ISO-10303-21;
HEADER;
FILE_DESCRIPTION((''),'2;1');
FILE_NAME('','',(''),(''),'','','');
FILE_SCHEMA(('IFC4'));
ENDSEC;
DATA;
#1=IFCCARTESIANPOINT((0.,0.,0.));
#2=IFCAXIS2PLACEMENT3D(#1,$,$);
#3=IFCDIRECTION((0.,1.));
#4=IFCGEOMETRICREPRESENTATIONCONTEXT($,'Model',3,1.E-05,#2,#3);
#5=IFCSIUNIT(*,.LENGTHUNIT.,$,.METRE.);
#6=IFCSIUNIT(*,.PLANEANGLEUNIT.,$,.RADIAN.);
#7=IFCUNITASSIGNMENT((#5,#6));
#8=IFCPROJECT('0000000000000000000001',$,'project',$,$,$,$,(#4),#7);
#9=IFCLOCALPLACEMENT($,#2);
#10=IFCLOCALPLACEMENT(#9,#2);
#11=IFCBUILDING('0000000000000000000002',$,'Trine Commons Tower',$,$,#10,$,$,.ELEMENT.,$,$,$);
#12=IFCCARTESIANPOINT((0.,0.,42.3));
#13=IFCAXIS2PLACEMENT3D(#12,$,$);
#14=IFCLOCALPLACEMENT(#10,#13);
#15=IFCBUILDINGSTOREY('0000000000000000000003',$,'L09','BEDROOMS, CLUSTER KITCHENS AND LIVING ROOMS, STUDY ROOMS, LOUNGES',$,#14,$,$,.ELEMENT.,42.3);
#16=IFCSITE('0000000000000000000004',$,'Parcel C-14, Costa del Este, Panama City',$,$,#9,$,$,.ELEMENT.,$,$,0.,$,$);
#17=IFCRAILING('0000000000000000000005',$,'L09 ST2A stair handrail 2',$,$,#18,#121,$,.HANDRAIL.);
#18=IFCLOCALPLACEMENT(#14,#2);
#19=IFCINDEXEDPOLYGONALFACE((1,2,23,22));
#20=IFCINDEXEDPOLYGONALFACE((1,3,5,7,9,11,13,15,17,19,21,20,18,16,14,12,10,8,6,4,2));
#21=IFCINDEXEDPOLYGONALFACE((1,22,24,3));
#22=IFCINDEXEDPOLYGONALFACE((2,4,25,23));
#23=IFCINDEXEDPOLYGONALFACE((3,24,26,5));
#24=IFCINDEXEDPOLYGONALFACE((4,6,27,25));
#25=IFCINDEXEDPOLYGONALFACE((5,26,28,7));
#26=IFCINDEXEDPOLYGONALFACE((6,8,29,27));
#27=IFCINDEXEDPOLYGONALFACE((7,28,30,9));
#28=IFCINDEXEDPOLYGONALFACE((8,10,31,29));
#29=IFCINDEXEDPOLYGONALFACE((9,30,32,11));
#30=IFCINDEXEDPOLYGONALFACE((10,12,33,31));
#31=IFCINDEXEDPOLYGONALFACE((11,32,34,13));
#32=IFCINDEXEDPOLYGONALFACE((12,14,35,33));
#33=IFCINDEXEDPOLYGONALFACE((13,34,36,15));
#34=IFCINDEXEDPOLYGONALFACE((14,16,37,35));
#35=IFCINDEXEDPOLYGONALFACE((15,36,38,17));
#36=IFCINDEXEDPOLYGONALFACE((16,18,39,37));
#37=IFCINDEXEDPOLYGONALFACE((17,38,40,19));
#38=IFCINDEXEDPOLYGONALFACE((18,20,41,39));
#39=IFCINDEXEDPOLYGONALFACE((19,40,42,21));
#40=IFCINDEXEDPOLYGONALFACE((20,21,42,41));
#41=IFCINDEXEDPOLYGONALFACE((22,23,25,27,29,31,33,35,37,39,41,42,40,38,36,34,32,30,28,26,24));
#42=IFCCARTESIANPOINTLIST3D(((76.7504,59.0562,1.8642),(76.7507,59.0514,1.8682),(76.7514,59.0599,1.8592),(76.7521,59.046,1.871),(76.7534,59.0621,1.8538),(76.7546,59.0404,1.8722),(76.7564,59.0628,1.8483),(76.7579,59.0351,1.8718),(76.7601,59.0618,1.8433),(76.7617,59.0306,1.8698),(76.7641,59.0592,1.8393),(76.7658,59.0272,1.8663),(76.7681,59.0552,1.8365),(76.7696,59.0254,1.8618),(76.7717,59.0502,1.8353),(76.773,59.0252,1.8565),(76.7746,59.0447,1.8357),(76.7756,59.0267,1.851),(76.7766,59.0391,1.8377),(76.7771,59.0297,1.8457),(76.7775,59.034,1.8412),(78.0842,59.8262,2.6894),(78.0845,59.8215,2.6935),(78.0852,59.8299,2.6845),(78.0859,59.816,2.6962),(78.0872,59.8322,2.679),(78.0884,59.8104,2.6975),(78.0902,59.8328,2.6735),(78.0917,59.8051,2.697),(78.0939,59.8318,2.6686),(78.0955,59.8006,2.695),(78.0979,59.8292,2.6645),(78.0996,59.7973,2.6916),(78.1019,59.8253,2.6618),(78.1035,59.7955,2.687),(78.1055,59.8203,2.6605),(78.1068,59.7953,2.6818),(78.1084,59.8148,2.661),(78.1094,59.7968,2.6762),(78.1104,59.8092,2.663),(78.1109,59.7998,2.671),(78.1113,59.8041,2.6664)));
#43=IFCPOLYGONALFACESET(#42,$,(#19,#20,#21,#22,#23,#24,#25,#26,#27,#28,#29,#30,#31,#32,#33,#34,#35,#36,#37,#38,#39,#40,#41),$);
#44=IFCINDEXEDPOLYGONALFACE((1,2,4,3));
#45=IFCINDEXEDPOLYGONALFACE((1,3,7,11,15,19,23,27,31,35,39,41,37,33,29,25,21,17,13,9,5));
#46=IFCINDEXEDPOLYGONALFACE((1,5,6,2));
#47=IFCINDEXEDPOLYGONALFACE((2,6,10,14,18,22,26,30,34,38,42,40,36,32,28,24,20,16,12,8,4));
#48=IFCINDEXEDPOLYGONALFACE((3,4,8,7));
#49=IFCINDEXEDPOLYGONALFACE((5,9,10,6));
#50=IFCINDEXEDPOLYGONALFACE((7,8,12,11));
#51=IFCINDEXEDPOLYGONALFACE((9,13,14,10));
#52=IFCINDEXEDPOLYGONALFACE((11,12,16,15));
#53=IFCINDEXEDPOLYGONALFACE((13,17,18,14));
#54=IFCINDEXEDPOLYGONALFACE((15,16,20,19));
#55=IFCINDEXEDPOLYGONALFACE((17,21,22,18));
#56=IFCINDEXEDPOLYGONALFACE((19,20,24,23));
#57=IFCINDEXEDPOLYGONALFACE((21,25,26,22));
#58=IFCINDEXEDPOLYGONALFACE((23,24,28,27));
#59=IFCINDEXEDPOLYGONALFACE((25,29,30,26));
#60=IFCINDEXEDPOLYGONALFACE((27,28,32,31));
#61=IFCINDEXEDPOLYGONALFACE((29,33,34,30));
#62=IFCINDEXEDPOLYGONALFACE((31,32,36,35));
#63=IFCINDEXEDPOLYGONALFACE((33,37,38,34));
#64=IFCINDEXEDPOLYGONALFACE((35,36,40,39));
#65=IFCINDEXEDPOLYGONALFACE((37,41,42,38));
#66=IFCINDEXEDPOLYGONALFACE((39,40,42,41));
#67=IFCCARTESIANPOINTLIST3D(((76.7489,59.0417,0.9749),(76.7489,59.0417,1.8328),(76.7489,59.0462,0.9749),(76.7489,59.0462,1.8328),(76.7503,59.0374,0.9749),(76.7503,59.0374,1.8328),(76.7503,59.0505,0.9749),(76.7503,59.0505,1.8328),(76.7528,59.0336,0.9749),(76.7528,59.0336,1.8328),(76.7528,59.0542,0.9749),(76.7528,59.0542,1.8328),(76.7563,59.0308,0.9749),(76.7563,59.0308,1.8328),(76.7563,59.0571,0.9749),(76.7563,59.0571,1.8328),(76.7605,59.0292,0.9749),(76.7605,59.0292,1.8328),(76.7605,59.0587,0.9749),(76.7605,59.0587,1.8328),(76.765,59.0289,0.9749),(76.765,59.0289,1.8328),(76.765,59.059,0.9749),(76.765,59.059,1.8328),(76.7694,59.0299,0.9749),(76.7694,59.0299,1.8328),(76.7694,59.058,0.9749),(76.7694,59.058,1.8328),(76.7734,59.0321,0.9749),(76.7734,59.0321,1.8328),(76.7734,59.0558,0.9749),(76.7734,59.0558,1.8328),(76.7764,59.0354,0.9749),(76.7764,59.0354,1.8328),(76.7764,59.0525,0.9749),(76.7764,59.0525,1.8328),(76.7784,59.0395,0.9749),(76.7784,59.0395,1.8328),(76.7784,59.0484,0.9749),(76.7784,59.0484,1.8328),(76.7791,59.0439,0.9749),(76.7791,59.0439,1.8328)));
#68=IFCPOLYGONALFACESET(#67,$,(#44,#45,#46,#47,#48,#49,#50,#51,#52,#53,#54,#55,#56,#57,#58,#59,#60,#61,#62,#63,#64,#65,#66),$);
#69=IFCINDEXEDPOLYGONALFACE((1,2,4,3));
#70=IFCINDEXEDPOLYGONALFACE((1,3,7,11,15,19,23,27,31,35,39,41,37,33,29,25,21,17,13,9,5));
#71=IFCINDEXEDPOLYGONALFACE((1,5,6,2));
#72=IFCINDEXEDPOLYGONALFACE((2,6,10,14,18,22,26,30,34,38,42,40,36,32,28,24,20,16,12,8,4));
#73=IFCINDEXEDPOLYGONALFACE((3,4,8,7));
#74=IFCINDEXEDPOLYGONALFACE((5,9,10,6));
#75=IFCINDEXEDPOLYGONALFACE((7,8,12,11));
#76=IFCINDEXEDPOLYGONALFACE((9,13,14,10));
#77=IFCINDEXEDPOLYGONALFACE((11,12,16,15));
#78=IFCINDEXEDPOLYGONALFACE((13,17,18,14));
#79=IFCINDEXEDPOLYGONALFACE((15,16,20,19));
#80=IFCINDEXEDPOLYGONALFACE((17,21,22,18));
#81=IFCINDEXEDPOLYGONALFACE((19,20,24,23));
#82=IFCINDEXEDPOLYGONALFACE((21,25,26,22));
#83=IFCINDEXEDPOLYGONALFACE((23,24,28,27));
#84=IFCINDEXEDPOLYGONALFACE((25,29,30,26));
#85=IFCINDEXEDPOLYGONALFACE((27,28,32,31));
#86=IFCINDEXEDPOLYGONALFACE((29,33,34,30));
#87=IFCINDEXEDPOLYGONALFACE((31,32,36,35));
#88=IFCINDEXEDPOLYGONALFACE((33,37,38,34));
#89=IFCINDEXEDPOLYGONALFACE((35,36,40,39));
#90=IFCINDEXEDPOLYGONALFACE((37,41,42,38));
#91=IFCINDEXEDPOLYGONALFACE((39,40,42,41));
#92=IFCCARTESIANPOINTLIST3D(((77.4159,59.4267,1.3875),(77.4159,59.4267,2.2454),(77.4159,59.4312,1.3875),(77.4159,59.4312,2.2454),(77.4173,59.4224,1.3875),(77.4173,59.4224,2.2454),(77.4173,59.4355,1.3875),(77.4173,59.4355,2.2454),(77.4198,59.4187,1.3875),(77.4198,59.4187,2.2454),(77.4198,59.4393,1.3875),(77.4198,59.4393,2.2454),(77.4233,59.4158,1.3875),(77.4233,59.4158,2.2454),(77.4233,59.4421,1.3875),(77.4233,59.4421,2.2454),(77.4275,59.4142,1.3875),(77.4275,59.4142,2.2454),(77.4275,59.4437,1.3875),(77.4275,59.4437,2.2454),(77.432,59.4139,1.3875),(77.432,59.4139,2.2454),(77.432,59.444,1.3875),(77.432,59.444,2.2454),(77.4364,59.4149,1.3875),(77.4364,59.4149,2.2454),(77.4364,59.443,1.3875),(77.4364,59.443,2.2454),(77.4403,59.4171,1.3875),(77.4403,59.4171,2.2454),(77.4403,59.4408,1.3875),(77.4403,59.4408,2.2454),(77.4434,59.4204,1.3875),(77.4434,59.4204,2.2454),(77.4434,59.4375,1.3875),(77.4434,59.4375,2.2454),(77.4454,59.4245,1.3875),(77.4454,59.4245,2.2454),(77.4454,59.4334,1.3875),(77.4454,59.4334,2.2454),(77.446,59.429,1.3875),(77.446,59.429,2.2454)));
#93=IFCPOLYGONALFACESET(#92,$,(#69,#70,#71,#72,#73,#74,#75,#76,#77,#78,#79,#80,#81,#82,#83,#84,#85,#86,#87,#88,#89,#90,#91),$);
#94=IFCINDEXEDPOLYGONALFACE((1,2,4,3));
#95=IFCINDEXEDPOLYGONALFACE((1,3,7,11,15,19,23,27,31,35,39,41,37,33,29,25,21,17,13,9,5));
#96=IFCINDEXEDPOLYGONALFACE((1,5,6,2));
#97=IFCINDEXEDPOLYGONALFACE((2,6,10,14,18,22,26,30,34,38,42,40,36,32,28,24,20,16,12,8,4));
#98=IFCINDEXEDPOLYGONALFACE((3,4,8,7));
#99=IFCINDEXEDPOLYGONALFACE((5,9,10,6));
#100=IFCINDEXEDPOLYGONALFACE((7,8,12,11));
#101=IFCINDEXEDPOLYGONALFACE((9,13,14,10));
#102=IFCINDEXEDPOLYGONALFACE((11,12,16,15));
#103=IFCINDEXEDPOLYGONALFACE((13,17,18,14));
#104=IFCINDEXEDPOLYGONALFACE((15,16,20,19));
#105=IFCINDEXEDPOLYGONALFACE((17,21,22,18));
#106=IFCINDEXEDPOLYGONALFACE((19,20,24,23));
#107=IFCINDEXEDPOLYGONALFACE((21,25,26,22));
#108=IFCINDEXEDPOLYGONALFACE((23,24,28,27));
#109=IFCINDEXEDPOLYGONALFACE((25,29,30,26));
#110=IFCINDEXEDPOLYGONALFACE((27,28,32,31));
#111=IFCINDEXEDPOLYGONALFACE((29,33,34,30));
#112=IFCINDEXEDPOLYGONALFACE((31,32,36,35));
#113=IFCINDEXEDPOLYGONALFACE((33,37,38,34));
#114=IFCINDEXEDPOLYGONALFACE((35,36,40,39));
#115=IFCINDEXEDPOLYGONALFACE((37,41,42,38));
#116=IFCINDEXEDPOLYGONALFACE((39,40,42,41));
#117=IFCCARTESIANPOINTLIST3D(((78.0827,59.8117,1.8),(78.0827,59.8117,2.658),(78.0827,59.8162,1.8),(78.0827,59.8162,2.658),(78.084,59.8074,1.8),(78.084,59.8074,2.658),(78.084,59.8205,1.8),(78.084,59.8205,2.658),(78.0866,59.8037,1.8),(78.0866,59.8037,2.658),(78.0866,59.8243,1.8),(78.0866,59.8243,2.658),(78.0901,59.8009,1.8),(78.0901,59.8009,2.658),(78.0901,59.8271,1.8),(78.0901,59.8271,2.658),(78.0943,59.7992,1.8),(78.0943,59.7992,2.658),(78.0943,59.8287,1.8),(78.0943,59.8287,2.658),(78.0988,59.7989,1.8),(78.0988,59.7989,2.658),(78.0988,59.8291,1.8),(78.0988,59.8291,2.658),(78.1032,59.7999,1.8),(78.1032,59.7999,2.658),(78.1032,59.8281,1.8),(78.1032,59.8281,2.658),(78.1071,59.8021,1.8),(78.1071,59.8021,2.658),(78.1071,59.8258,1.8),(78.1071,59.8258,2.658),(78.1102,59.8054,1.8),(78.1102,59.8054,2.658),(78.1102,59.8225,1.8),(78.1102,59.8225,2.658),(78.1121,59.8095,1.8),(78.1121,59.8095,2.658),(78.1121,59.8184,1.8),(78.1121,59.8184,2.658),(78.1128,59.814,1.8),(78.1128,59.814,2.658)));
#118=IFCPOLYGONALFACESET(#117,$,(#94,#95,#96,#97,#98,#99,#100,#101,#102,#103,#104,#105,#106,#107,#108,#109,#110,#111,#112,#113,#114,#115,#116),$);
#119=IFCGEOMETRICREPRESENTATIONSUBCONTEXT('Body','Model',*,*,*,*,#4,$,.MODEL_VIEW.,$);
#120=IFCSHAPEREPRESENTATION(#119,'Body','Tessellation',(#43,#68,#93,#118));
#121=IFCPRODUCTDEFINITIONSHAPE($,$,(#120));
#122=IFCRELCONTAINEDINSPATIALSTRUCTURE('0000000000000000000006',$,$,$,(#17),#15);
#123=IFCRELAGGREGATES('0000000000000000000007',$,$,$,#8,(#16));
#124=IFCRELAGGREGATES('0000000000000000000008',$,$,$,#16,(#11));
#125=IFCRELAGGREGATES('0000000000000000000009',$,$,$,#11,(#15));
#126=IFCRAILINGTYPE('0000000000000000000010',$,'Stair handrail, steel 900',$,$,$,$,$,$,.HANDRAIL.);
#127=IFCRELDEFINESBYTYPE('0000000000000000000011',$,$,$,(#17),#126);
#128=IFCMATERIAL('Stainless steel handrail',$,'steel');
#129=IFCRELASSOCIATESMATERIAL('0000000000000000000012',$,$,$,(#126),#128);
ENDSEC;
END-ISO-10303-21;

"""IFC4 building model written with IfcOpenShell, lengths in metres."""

from ifc_helpers import new_model, si_unit, direction, frame, origin, origin_2d, place, context, subcontext, project, spatial, circle, extrude, material, type_object, element, save


model = new_model("IFC4")

# Units and contexts
model_context = context("Model", 3, precision=1e-05, world=origin(), true_north=direction((0.0, 1.0)))
body_context = subcontext(model_context, "Body", "Model", "MODEL_VIEW")
ifc_project = project(units=[si_unit("LENGTHUNIT", "METRE"), si_unit("PLANEANGLEUNIT", "RADIAN")], contexts=[model_context])

# Site, building, storey
site_placement = place(None, origin())
site = spatial("IfcSite", under=ifc_project, at=site_placement, Name="Parcel C-14, Costa del Este, Panama City", CompositionType="ELEMENT", RefElevation=0.0)
building_placement = place(site_placement, origin())
building = spatial("IfcBuilding", under=site, at=building_placement, Name="Trine Commons Tower", CompositionType="ELEMENT")
storey_placement = place(building_placement, frame((0.0, 0.0, 42.3)))
storey = spatial("IfcBuildingStorey", under=building, at=storey_placement, Name="L09", Description="BEDROOMS, CLUSTER KITCHENS AND LIVING ROOMS, STUDY ROOMS, LOUNGES", CompositionType="ELEMENT", Elevation=42.3)

# Railing
ifc_material_1 = material(Name="Stainless steel handrail", Category="steel")
railing_type_1 = type_object("IfcRailingType", Name="Stair handrail, steel 900", PredefinedType="HANDRAIL", material=ifc_material_1)
railing_1_placement = place(storey_placement, frame((76.7639, 59.0439, 0.9749)))
element("IfcRailing", 1, at=railing_1_placement, inside=storey, type_object=railing_type_1, Name="L09 ST2A stair handrail 2", PredefinedType="HANDRAIL", context=body_context, shape_type="SweptSolid", body=[
    extrude(circle(Radius=0.021, at=origin_2d()), frame((0.0, 0.0, 0.8789), z_axis=(0.763355, 0.440714, 0.472293), x_axis=(-0.499992, 0.86603, 0.0)), (0.0, 0.0, 1.0), 1.7473),
    extrude(circle(Radius=0.0151, at=origin_2d()), origin(), (0.0, 0.0, 1.0), 0.8579),
    extrude(circle(Radius=0.0151, at=origin_2d()), frame((0.667, 0.385, 0.4126)), (0.0, 0.0, 1.0), 0.8579),
    extrude(circle(Radius=0.0151, at=origin_2d()), frame((1.3337, 0.77, 0.8252)), (0.0, 0.0, 1.0), 0.8579),
])

save(model, "model.ifc")
